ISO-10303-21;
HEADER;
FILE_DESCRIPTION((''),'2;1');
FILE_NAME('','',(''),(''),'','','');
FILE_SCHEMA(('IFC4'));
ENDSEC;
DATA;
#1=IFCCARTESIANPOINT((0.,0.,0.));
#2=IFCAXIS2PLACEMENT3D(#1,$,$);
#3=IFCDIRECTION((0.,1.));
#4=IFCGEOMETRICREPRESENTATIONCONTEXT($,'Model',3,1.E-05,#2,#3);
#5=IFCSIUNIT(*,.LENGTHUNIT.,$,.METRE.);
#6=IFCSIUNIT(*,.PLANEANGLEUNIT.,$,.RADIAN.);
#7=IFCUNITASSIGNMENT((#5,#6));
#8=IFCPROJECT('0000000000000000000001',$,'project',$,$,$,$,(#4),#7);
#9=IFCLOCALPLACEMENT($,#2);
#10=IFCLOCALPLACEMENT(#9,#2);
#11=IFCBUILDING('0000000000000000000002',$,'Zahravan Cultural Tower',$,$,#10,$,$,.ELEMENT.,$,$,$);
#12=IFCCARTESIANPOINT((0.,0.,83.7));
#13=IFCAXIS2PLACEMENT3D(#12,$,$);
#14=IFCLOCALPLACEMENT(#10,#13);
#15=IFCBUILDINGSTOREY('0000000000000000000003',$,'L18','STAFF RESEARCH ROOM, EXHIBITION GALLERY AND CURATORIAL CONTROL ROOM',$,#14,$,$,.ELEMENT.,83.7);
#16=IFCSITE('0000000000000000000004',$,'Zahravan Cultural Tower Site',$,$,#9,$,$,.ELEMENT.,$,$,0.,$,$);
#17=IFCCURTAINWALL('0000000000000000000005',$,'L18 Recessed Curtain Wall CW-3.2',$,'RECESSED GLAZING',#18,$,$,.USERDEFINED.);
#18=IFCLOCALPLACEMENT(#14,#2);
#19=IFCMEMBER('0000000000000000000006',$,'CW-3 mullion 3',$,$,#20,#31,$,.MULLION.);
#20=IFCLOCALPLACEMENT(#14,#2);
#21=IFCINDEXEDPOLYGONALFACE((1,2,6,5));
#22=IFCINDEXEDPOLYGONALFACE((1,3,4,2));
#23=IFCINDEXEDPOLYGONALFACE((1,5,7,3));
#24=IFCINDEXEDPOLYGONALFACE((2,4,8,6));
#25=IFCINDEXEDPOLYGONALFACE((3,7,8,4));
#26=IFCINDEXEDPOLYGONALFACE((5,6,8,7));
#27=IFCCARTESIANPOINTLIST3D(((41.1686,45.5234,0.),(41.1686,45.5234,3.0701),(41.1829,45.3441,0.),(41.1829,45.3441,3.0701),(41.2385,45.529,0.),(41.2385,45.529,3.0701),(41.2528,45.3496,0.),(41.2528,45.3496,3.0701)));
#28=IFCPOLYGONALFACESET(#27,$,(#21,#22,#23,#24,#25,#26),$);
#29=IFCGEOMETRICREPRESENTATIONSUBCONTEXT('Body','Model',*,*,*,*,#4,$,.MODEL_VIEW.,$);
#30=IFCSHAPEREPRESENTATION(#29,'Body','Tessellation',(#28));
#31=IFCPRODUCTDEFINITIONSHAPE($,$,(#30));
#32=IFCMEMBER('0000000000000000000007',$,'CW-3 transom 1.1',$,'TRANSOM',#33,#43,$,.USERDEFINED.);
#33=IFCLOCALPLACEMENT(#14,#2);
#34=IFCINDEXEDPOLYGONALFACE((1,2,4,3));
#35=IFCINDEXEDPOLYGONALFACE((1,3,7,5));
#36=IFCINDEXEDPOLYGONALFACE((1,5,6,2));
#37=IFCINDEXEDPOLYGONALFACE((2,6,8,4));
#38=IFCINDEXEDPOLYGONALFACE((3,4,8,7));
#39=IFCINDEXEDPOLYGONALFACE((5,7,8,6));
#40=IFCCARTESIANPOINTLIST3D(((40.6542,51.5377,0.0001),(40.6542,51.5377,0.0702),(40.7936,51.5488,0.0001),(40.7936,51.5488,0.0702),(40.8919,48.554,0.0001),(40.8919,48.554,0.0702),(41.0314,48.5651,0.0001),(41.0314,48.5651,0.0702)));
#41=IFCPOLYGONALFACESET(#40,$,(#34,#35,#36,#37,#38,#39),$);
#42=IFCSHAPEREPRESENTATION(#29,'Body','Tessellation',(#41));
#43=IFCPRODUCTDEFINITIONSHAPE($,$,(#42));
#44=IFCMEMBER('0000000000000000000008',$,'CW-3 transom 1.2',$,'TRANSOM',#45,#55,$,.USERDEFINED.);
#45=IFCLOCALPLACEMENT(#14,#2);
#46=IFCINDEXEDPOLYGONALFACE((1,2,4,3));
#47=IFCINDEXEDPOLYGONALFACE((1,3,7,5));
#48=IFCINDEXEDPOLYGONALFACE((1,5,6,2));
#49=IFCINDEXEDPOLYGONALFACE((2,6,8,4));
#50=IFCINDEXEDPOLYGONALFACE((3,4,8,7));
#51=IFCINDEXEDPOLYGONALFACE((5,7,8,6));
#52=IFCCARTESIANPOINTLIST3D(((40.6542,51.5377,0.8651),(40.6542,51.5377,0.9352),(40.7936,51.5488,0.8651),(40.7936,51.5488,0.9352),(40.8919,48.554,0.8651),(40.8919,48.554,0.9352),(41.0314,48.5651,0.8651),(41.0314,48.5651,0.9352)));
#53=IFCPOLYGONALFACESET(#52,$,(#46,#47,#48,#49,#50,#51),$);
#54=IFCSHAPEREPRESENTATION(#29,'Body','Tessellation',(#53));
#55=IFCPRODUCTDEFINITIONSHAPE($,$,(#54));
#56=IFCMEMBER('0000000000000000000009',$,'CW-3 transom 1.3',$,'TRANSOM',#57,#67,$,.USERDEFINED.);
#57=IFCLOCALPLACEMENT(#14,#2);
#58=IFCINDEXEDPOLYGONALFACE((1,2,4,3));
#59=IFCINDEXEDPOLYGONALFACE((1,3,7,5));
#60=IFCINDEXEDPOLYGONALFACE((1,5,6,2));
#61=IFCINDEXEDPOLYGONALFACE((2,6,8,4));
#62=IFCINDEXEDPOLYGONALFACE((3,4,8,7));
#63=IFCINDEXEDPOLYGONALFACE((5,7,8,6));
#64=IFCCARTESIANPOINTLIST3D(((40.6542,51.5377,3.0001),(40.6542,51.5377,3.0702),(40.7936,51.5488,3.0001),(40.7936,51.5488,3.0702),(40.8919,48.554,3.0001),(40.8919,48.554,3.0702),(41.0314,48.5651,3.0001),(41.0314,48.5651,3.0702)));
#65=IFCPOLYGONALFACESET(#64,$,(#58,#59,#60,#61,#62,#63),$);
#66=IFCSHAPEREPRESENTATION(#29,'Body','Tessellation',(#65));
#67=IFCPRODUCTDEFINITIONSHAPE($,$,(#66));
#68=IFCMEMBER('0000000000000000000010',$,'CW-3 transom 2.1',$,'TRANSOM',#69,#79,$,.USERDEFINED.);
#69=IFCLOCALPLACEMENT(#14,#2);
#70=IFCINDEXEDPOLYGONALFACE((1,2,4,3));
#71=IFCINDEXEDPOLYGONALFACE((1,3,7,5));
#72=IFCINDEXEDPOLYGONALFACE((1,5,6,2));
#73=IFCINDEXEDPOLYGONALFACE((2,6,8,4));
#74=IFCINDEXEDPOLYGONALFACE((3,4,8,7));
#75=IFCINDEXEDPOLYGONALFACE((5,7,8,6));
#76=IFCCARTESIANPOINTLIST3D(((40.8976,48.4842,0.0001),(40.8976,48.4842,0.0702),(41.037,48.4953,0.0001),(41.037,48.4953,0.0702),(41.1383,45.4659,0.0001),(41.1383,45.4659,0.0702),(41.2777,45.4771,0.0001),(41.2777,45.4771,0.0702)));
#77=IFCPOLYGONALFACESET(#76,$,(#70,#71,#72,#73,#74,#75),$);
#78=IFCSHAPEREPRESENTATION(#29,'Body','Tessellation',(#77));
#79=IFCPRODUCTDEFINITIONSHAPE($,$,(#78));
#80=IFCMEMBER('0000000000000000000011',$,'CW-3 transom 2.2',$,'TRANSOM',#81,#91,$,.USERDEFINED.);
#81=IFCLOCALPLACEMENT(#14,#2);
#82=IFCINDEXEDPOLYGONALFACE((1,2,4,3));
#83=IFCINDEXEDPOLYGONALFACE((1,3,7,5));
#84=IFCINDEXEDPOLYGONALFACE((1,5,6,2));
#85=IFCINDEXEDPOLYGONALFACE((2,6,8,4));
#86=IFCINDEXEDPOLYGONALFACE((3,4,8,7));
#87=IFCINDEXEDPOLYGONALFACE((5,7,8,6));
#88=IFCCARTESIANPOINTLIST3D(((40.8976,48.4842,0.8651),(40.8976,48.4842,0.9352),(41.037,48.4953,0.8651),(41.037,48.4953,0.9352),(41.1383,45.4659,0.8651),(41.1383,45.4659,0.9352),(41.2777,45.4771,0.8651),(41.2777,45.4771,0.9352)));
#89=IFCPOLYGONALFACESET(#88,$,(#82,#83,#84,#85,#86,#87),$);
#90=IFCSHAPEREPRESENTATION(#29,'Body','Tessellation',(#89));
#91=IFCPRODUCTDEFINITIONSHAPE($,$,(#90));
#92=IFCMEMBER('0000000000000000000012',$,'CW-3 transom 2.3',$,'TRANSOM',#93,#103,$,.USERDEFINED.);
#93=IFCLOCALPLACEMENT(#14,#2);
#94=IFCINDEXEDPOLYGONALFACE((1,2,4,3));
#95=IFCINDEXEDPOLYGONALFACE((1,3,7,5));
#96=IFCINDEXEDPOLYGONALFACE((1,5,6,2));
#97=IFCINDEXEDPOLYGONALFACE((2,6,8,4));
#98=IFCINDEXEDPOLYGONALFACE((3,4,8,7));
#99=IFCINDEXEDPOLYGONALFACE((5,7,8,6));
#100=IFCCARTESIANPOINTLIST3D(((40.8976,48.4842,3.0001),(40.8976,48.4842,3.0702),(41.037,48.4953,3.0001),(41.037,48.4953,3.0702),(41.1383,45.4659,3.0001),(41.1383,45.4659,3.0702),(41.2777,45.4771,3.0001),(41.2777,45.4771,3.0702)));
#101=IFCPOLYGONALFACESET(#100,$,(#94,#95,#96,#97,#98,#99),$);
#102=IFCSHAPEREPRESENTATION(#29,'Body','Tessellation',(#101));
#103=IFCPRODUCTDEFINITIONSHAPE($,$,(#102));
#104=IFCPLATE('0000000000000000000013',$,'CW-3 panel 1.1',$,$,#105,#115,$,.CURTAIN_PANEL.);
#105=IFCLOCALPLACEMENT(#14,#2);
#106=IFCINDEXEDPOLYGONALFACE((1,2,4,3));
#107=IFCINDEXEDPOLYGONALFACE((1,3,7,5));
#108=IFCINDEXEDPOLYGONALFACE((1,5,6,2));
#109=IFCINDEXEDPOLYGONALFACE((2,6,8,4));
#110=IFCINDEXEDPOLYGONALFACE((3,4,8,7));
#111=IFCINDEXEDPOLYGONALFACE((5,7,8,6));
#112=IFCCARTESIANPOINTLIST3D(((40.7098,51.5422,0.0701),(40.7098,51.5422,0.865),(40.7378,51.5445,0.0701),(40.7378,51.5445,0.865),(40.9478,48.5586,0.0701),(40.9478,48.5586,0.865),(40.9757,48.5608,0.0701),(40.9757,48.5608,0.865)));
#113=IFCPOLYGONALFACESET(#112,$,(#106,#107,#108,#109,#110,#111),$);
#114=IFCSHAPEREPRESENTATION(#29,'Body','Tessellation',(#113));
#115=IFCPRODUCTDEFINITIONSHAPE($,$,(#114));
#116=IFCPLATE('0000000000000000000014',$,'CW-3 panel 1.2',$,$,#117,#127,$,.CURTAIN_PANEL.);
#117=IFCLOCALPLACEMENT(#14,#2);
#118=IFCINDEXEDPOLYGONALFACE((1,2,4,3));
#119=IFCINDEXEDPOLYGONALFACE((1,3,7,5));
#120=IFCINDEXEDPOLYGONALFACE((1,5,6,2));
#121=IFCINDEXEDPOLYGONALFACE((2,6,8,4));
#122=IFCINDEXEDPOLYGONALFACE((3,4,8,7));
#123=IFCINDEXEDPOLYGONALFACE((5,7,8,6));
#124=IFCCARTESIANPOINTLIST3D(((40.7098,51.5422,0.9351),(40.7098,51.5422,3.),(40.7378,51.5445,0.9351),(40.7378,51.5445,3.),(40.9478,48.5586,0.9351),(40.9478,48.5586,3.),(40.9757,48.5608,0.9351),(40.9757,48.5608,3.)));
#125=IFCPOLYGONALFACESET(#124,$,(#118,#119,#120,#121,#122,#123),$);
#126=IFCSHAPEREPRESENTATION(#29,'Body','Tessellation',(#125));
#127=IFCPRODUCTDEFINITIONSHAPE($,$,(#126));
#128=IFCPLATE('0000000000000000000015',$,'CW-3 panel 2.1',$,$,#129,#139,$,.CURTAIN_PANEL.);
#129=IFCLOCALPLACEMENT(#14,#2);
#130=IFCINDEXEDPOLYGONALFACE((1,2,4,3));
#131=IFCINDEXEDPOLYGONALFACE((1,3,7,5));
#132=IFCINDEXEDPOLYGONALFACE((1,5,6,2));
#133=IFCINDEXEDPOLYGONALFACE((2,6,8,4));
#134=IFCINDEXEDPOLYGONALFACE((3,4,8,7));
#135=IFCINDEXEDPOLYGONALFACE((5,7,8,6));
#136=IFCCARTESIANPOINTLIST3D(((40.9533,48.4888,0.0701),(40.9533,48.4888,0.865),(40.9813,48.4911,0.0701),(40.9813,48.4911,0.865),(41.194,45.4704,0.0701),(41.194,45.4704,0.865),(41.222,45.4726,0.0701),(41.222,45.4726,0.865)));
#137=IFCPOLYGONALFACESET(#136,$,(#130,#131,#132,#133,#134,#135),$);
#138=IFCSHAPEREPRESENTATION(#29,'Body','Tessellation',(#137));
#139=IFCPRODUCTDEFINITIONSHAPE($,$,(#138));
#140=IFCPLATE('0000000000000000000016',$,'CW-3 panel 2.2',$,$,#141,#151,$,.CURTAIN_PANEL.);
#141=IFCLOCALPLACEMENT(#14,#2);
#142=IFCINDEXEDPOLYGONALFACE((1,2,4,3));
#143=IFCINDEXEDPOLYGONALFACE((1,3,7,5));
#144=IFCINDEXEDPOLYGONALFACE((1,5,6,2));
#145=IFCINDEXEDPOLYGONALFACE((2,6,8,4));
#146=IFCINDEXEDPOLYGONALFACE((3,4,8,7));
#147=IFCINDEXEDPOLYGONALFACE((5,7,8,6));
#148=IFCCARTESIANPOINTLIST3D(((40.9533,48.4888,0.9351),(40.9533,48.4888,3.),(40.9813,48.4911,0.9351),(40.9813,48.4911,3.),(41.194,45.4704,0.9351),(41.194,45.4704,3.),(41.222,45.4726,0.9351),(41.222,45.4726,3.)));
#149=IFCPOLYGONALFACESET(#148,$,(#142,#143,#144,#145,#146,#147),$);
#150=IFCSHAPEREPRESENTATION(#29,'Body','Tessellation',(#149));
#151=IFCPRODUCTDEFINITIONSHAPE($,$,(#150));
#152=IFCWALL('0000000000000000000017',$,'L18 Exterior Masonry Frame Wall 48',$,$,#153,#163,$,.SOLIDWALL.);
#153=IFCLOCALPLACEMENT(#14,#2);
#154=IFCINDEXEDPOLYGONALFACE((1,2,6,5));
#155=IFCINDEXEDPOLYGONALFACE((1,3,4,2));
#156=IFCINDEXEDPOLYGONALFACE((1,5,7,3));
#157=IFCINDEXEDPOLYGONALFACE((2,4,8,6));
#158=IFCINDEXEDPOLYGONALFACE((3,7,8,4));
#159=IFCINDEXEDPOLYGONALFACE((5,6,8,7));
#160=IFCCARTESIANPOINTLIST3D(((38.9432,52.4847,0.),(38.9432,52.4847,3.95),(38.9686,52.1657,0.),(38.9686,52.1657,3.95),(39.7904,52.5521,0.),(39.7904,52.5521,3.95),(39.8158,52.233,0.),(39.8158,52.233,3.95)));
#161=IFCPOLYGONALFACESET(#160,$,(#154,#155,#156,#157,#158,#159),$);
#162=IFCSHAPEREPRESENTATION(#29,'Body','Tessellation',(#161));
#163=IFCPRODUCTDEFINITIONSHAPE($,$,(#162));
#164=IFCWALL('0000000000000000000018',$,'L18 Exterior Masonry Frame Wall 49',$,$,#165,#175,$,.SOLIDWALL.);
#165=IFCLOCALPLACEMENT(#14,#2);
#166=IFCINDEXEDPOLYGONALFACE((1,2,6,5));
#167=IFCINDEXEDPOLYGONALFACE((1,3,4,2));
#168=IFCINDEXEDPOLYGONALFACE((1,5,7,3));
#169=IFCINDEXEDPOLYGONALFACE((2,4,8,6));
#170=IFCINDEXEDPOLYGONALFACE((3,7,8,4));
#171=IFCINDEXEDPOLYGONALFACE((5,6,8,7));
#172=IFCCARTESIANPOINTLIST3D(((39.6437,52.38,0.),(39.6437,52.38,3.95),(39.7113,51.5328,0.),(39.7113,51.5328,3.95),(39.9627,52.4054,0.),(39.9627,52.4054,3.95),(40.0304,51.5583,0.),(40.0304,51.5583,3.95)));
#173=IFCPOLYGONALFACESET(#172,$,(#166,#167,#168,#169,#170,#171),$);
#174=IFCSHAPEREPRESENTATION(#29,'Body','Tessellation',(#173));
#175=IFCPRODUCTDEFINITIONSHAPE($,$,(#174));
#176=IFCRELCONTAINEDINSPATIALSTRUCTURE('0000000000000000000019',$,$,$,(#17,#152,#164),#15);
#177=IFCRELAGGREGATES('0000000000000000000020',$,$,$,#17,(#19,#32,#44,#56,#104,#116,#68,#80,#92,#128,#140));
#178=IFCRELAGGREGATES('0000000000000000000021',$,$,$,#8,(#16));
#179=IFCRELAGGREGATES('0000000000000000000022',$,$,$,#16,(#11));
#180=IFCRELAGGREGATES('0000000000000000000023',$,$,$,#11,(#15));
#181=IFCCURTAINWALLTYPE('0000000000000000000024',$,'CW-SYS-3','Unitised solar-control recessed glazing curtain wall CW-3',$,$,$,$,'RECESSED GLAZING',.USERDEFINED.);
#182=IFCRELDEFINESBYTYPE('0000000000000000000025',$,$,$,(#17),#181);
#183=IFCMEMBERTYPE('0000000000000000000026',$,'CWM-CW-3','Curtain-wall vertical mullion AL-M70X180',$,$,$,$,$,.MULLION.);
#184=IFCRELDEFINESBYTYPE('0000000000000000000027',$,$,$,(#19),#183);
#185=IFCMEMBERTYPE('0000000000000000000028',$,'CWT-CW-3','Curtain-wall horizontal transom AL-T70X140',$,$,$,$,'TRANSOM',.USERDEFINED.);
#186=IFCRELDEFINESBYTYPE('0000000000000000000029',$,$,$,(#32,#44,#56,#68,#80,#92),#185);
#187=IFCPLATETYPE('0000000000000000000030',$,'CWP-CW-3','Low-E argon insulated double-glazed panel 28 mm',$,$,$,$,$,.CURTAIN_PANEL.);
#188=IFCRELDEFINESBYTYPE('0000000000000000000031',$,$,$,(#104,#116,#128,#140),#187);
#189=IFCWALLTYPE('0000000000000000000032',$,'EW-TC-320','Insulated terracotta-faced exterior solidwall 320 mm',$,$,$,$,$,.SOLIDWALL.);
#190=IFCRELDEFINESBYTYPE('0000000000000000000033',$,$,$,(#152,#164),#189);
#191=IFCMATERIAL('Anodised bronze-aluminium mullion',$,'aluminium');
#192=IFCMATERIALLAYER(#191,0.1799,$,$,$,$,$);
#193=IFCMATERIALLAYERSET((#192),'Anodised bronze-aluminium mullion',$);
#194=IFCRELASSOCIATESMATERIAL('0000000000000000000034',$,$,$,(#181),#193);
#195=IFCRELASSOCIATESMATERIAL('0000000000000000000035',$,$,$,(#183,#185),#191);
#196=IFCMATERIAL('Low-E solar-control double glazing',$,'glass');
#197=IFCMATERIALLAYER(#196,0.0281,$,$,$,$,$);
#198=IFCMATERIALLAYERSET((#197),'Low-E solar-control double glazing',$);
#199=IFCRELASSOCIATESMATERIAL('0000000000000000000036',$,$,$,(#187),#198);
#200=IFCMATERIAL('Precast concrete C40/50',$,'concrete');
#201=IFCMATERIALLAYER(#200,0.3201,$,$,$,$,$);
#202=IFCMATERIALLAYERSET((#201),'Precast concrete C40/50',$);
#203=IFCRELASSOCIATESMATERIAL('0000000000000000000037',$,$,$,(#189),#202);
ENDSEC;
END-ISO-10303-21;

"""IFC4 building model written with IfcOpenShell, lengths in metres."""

from ifc_helpers import new_model, si_unit, direction, frame, frame_2d, origin, origin_2d, place, context, subcontext, project, spatial, rectangle, extrude, source, transform, mapped, material, layer, layer_set, material_profile, profile_set, type_object, element, aggregate, save


model = new_model("IFC4")

# Units and contexts
model_context = context("Model", 3, precision=1e-05, world=origin(), true_north=direction((0.0, 1.0)))
body_context = subcontext(model_context, "Body", "Model", "MODEL_VIEW")
ifc_project = project(units=[si_unit("LENGTHUNIT", "METRE"), si_unit("PLANEANGLEUNIT", "RADIAN")], contexts=[model_context])

# Site, building, storey
site_placement = place(None, origin())
site = spatial("IfcSite", under=ifc_project, at=site_placement, Name="Zahravan Cultural Tower Site", CompositionType="ELEMENT", RefElevation=0.0)
building_placement = place(site_placement, origin())
building = spatial("IfcBuilding", under=site, at=building_placement, Name="Zahravan Cultural Tower", CompositionType="ELEMENT")
storey_placement = place(building_placement, frame((0.0, 0.0, 83.7)))
storey = spatial("IfcBuildingStorey", under=building, at=storey_placement, Name="L18", Description="STAFF RESEARCH ROOM, EXHIBITION GALLERY AND CURATORIAL CONTROL ROOM", CompositionType="ELEMENT", Elevation=83.7)

# Curtain wall, members, plates
ifc_material_1 = material(Name="Anodised bronze-aluminium mullion", Category="aluminium")
ifc_layer_1 = layer(ifc_material_1, 0.1799)
ifc_layer_set_1 = layer_set([ifc_layer_1], Name="Anodised bronze-aluminium mullion")
curtain_wall_type = type_object("IfcCurtainWallType", Name="CW-SYS-3", Description="Unitised solar-control recessed glazing curtain wall CW-3", ElementType="RECESSED GLAZING", PredefinedType="USERDEFINED", material=ifc_layer_set_1)
curtain_wall_placement = place(storey_placement, origin())
curtain_wall = element("IfcCurtainWall", 1, at=curtain_wall_placement, inside=storey, type_object=curtain_wall_type, Name="L18 Recessed Curtain Wall CW-3.2", ObjectType="RECESSED GLAZING", PredefinedType="USERDEFINED")
ifc_material_profile_1 = material_profile(ifc_material_1, rectangle(XDim=0.0701, YDim=0.1799, at=origin_2d()), Name="AL-M70X180")
ifc_profile_set_1 = profile_set([ifc_material_profile_1], Name="Anodised bronze-aluminium mullion")
member_type_1 = type_object("IfcMemberType", Name="CWM-CW-3", Description="Curtain-wall vertical mullion AL-M70X180", PredefinedType="MULLION", material=ifc_profile_set_1)
shared_shape_1 = source(origin(), body_context, "Body", "SweptSolid", [
    extrude(rectangle(XDim=0.0701, YDim=0.1799, at=origin_2d()), origin(), (0.0, 0.0, 1.0), 3.0701),
])
member_1_placement = place(storey_placement, frame((41.2107, 45.4365, 0.0), z_axis=(0.0, 0.0, 1.0), x_axis=(0.996835, 0.079501, 0.0)))
member_1 = element("IfcMember", 2, at=member_1_placement, type_object=member_type_1, Name="CW-3 mullion 3", PredefinedType="MULLION", context=body_context, shape_type="MappedRepresentation", body=[
    mapped(shared_shape_1, transform((0.0, 0.0, 0.0), x_axis=(1.0, 0.0, 0.0), y_axis=(0.0, 1.0, 0.0), z_axis=(0.0, 0.0, 1.0), scale=1.0)),
])
ifc_material_profile_2 = material_profile(ifc_material_1, rectangle(XDim=0.1399, YDim=0.0701, at=origin_2d()), Name="AL-T70X140")
ifc_profile_set_2 = profile_set([ifc_material_profile_2], Name="Anodised bronze-aluminium mullion")
member_type_2 = type_object("IfcMemberType", Name="CWT-CW-3", Description="Curtain-wall horizontal transom AL-T70X140", ElementType="TRANSOM", PredefinedType="USERDEFINED", material=ifc_profile_set_2)
shared_shape_2 = source(origin(), body_context, "Body", "SweptSolid", [
    extrude(rectangle(XDim=0.1399, YDim=0.0701, at=origin_2d()), origin(), (0.0, 0.0, 1.0), 2.9932),
])
member_2_placement = place(storey_placement, frame((40.7239, 51.5432, 0.0352), z_axis=(0.079447, -0.996839, 0.0), x_axis=(0.996839, 0.079447, 0.0)))
member_2 = element("IfcMember", 3, at=member_2_placement, type_object=member_type_2, Name="CW-3 transom 1.1", ObjectType="TRANSOM", PredefinedType="USERDEFINED", context=body_context, shape_type="MappedRepresentation", body=[
    mapped(shared_shape_2, transform((0.0, 0.0, 0.0), x_axis=(1.0, 0.0, 0.0), y_axis=(0.0, 1.0, 0.0), z_axis=(0.0, 0.0, 1.0), scale=1.0)),
])
member_3_placement = place(storey_placement, frame((40.7239, 51.5432, 0.9001), z_axis=(0.079447, -0.996839, 0.0), x_axis=(0.996839, 0.079447, 0.0)))
member_3 = element("IfcMember", 4, at=member_3_placement, type_object=member_type_2, Name="CW-3 transom 1.2", ObjectType="TRANSOM", PredefinedType="USERDEFINED", context=body_context, shape_type="MappedRepresentation", body=[
    mapped(shared_shape_2, transform((0.0, 0.0, 0.0), x_axis=(1.0, 0.0, 0.0), y_axis=(0.0, 1.0, 0.0), z_axis=(0.0, 0.0, 1.0), scale=1.0)),
])
member_4_placement = place(storey_placement, frame((40.7239, 51.5432, 3.0352), z_axis=(0.079447, -0.996839, 0.0), x_axis=(0.996839, 0.079447, 0.0)))
member_4 = element("IfcMember", 5, at=member_4_placement, type_object=member_type_2, Name="CW-3 transom 1.3", ObjectType="TRANSOM", PredefinedType="USERDEFINED", context=body_context, shape_type="MappedRepresentation", body=[
    mapped(shared_shape_2, transform((0.0, 0.0, 0.0), x_axis=(1.0, 0.0, 0.0), y_axis=(0.0, 1.0, 0.0), z_axis=(0.0, 0.0, 1.0), scale=1.0)),
])
shared_shape_3 = source(origin(), body_context, "Body", "SweptSolid", [
    extrude(rectangle(XDim=0.1399, YDim=0.0701, at=origin_2d()), origin(), (0.0, 0.0, 1.0), 3.0278),
])
member_5_placement = place(storey_placement, frame((40.9673, 48.4897, 0.0352), z_axis=(0.079502, -0.996835, 0.0), x_axis=(0.996835, 0.079502, 0.0)))
member_5 = element("IfcMember", 6, at=member_5_placement, type_object=member_type_2, Name="CW-3 transom 2.1", ObjectType="TRANSOM", PredefinedType="USERDEFINED", context=body_context, shape_type="MappedRepresentation", body=[
    mapped(shared_shape_3, transform((0.0, 0.0, 0.0), x_axis=(1.0, 0.0, 0.0), y_axis=(0.0, 1.0, 0.0), z_axis=(0.0, 0.0, 1.0), scale=1.0)),
])
member_6_placement = place(storey_placement, frame((40.9673, 48.4897, 0.9001), z_axis=(0.079502, -0.996835, 0.0), x_axis=(0.996835, 0.079502, 0.0)))
member_6 = element("IfcMember", 7, at=member_6_placement, type_object=member_type_2, Name="CW-3 transom 2.2", ObjectType="TRANSOM", PredefinedType="USERDEFINED", context=body_context, shape_type="MappedRepresentation", body=[
    mapped(shared_shape_3, transform((0.0, 0.0, 0.0), x_axis=(1.0, 0.0, 0.0), y_axis=(0.0, 1.0, 0.0), z_axis=(0.0, 0.0, 1.0), scale=1.0)),
])
member_7_placement = place(storey_placement, frame((40.9673, 48.4897, 3.0352), z_axis=(0.079502, -0.996835, 0.0), x_axis=(0.996835, 0.079502, 0.0)))
member_7 = element("IfcMember", 8, at=member_7_placement, type_object=member_type_2, Name="CW-3 transom 2.3", ObjectType="TRANSOM", PredefinedType="USERDEFINED", context=body_context, shape_type="MappedRepresentation", body=[
    mapped(shared_shape_3, transform((0.0, 0.0, 0.0), x_axis=(1.0, 0.0, 0.0), y_axis=(0.0, 1.0, 0.0), z_axis=(0.0, 0.0, 1.0), scale=1.0)),
])
ifc_material_2 = material(Name="Low-E solar-control double glazing", Category="glass")
ifc_layer_2 = layer(ifc_material_2, 0.0281)
ifc_layer_set_2 = layer_set([ifc_layer_2], Name="Low-E solar-control double glazing")
plate_type = type_object("IfcPlateType", Name="CWP-CW-3", Description="Low-E argon insulated double-glazed panel 28 mm", PredefinedType="CURTAIN_PANEL", material=ifc_layer_set_2)
shared_shape_4 = source(origin(), body_context, "Body", "SweptSolid", [
    extrude(rectangle(XDim=2.9932, YDim=0.0281, at=origin_2d()), origin(), (0.0, 0.0, 1.0), 0.7949),
])
plate_1_placement = place(storey_placement, frame((40.8428, 50.0515, 0.0701), z_axis=(0.0, 0.0, 1.0), x_axis=(0.079501, -0.996835, 0.0)))
plate_1 = element("IfcPlate", 9, at=plate_1_placement, type_object=plate_type, Name="CW-3 panel 1.1", PredefinedType="CURTAIN_PANEL", context=body_context, shape_type="MappedRepresentation", body=[
    mapped(shared_shape_4, transform((0.0, 0.0, 0.0), x_axis=(1.0, 0.0, 0.0), y_axis=(0.0, 1.0, 0.0), z_axis=(0.0, 0.0, 1.0), scale=1.0)),
])
shared_shape_5 = source(origin(), body_context, "Body", "SweptSolid", [
    extrude(rectangle(XDim=2.9932, YDim=0.0281, at=origin_2d()), origin(), (0.0, 0.0, 1.0), 2.0649),
])
plate_2_placement = place(storey_placement, frame((40.8428, 50.0515, 0.9351), z_axis=(0.0, 0.0, 1.0), x_axis=(0.079501, -0.996835, 0.0)))
plate_2 = element("IfcPlate", 10, at=plate_2_placement, type_object=plate_type, Name="CW-3 panel 1.2", PredefinedType="CURTAIN_PANEL", context=body_context, shape_type="MappedRepresentation", body=[
    mapped(shared_shape_5, transform((0.0, 0.0, 0.0), x_axis=(1.0, 0.0, 0.0), y_axis=(0.0, 1.0, 0.0), z_axis=(0.0, 0.0, 1.0), scale=1.0)),
])
shared_shape_6 = source(origin(), body_context, "Body", "SweptSolid", [
    extrude(rectangle(XDim=3.0281, YDim=0.0281, at=origin_2d()), origin(), (0.0, 0.0, 1.0), 0.7949),
])
plate_3_placement = place(storey_placement, frame((41.0876, 46.9807, 0.0701), z_axis=(0.0, 0.0, 1.0), x_axis=(0.079501, -0.996835, 0.0)))
plate_3 = element("IfcPlate", 11, at=plate_3_placement, type_object=plate_type, Name="CW-3 panel 2.1", PredefinedType="CURTAIN_PANEL", context=body_context, shape_type="MappedRepresentation", body=[
    mapped(shared_shape_6, transform((0.0, 0.0, 0.0), x_axis=(1.0, 0.0, 0.0), y_axis=(0.0, 1.0, 0.0), z_axis=(0.0, 0.0, 1.0), scale=1.0)),
])
shared_shape_7 = source(origin(), body_context, "Body", "SweptSolid", [
    extrude(rectangle(XDim=3.0281, YDim=0.0281, at=origin_2d()), origin(), (0.0, 0.0, 1.0), 2.0649),
])
plate_4_placement = place(storey_placement, frame((41.0876, 46.9807, 0.9351), z_axis=(0.0, 0.0, 1.0), x_axis=(0.079501, -0.996835, 0.0)))
plate_4 = element("IfcPlate", 12, at=plate_4_placement, type_object=plate_type, Name="CW-3 panel 2.2", PredefinedType="CURTAIN_PANEL", context=body_context, shape_type="MappedRepresentation", body=[
    mapped(shared_shape_7, transform((0.0, 0.0, 0.0), x_axis=(1.0, 0.0, 0.0), y_axis=(0.0, 1.0, 0.0), z_axis=(0.0, 0.0, 1.0), scale=1.0)),
])
aggregate(curtain_wall, [member_1, member_2, member_3, member_4, plate_1, plate_2, member_5, member_6, member_7, plate_3, plate_4])

# Walls
ifc_material_3 = material(Name="Precast concrete C40/50", Category="concrete")
ifc_layer_3 = layer(ifc_material_3, 0.3201)
ifc_layer_set_3 = layer_set([ifc_layer_3], Name="Precast concrete C40/50")
wall_type_1 = type_object("IfcWallType", Name="EW-TC-320", Description="Insulated terracotta-faced exterior solidwall 320 mm", PredefinedType="SOLIDWALL", material=ifc_layer_set_3)
shared_shape_8 = source(origin(), body_context, "Body", "SweptSolid", [
    extrude(rectangle(XDim=0.8499, YDim=0.3201, at=frame_2d((0.4248, 0.0))), origin(), (0.0, 0.0, 1.0), 3.95),
])
for number, where, z_axis, x_axis, name in (
    (13, (38.9561, 52.3252, 0.0), (0.0, 0.0, 1.0), (0.996852, 0.079288, 0.0), "L18 Exterior Masonry Frame Wall 48"),
    (14, (39.8032, 52.3926, 0.0), (0.0, 0.0, 1.0), (0.079574, -0.996829, 0.0), "L18 Exterior Masonry Frame Wall 49"),
):
    element("IfcWall", number, at=place(storey_placement, frame(where, z_axis=z_axis, x_axis=x_axis)), inside=storey, type_object=wall_type_1, Name=name, PredefinedType="SOLIDWALL", context=body_context, shape_type="MappedRepresentation", body=[
        mapped(shared_shape_8, transform((0.0, 0.0, 0.0), x_axis=(1.0, 0.0, 0.0), y_axis=(0.0, 1.0, 0.0), z_axis=(0.0, 0.0, 1.0), scale=1.0)),
    ])

save(model, "model.ifc")
